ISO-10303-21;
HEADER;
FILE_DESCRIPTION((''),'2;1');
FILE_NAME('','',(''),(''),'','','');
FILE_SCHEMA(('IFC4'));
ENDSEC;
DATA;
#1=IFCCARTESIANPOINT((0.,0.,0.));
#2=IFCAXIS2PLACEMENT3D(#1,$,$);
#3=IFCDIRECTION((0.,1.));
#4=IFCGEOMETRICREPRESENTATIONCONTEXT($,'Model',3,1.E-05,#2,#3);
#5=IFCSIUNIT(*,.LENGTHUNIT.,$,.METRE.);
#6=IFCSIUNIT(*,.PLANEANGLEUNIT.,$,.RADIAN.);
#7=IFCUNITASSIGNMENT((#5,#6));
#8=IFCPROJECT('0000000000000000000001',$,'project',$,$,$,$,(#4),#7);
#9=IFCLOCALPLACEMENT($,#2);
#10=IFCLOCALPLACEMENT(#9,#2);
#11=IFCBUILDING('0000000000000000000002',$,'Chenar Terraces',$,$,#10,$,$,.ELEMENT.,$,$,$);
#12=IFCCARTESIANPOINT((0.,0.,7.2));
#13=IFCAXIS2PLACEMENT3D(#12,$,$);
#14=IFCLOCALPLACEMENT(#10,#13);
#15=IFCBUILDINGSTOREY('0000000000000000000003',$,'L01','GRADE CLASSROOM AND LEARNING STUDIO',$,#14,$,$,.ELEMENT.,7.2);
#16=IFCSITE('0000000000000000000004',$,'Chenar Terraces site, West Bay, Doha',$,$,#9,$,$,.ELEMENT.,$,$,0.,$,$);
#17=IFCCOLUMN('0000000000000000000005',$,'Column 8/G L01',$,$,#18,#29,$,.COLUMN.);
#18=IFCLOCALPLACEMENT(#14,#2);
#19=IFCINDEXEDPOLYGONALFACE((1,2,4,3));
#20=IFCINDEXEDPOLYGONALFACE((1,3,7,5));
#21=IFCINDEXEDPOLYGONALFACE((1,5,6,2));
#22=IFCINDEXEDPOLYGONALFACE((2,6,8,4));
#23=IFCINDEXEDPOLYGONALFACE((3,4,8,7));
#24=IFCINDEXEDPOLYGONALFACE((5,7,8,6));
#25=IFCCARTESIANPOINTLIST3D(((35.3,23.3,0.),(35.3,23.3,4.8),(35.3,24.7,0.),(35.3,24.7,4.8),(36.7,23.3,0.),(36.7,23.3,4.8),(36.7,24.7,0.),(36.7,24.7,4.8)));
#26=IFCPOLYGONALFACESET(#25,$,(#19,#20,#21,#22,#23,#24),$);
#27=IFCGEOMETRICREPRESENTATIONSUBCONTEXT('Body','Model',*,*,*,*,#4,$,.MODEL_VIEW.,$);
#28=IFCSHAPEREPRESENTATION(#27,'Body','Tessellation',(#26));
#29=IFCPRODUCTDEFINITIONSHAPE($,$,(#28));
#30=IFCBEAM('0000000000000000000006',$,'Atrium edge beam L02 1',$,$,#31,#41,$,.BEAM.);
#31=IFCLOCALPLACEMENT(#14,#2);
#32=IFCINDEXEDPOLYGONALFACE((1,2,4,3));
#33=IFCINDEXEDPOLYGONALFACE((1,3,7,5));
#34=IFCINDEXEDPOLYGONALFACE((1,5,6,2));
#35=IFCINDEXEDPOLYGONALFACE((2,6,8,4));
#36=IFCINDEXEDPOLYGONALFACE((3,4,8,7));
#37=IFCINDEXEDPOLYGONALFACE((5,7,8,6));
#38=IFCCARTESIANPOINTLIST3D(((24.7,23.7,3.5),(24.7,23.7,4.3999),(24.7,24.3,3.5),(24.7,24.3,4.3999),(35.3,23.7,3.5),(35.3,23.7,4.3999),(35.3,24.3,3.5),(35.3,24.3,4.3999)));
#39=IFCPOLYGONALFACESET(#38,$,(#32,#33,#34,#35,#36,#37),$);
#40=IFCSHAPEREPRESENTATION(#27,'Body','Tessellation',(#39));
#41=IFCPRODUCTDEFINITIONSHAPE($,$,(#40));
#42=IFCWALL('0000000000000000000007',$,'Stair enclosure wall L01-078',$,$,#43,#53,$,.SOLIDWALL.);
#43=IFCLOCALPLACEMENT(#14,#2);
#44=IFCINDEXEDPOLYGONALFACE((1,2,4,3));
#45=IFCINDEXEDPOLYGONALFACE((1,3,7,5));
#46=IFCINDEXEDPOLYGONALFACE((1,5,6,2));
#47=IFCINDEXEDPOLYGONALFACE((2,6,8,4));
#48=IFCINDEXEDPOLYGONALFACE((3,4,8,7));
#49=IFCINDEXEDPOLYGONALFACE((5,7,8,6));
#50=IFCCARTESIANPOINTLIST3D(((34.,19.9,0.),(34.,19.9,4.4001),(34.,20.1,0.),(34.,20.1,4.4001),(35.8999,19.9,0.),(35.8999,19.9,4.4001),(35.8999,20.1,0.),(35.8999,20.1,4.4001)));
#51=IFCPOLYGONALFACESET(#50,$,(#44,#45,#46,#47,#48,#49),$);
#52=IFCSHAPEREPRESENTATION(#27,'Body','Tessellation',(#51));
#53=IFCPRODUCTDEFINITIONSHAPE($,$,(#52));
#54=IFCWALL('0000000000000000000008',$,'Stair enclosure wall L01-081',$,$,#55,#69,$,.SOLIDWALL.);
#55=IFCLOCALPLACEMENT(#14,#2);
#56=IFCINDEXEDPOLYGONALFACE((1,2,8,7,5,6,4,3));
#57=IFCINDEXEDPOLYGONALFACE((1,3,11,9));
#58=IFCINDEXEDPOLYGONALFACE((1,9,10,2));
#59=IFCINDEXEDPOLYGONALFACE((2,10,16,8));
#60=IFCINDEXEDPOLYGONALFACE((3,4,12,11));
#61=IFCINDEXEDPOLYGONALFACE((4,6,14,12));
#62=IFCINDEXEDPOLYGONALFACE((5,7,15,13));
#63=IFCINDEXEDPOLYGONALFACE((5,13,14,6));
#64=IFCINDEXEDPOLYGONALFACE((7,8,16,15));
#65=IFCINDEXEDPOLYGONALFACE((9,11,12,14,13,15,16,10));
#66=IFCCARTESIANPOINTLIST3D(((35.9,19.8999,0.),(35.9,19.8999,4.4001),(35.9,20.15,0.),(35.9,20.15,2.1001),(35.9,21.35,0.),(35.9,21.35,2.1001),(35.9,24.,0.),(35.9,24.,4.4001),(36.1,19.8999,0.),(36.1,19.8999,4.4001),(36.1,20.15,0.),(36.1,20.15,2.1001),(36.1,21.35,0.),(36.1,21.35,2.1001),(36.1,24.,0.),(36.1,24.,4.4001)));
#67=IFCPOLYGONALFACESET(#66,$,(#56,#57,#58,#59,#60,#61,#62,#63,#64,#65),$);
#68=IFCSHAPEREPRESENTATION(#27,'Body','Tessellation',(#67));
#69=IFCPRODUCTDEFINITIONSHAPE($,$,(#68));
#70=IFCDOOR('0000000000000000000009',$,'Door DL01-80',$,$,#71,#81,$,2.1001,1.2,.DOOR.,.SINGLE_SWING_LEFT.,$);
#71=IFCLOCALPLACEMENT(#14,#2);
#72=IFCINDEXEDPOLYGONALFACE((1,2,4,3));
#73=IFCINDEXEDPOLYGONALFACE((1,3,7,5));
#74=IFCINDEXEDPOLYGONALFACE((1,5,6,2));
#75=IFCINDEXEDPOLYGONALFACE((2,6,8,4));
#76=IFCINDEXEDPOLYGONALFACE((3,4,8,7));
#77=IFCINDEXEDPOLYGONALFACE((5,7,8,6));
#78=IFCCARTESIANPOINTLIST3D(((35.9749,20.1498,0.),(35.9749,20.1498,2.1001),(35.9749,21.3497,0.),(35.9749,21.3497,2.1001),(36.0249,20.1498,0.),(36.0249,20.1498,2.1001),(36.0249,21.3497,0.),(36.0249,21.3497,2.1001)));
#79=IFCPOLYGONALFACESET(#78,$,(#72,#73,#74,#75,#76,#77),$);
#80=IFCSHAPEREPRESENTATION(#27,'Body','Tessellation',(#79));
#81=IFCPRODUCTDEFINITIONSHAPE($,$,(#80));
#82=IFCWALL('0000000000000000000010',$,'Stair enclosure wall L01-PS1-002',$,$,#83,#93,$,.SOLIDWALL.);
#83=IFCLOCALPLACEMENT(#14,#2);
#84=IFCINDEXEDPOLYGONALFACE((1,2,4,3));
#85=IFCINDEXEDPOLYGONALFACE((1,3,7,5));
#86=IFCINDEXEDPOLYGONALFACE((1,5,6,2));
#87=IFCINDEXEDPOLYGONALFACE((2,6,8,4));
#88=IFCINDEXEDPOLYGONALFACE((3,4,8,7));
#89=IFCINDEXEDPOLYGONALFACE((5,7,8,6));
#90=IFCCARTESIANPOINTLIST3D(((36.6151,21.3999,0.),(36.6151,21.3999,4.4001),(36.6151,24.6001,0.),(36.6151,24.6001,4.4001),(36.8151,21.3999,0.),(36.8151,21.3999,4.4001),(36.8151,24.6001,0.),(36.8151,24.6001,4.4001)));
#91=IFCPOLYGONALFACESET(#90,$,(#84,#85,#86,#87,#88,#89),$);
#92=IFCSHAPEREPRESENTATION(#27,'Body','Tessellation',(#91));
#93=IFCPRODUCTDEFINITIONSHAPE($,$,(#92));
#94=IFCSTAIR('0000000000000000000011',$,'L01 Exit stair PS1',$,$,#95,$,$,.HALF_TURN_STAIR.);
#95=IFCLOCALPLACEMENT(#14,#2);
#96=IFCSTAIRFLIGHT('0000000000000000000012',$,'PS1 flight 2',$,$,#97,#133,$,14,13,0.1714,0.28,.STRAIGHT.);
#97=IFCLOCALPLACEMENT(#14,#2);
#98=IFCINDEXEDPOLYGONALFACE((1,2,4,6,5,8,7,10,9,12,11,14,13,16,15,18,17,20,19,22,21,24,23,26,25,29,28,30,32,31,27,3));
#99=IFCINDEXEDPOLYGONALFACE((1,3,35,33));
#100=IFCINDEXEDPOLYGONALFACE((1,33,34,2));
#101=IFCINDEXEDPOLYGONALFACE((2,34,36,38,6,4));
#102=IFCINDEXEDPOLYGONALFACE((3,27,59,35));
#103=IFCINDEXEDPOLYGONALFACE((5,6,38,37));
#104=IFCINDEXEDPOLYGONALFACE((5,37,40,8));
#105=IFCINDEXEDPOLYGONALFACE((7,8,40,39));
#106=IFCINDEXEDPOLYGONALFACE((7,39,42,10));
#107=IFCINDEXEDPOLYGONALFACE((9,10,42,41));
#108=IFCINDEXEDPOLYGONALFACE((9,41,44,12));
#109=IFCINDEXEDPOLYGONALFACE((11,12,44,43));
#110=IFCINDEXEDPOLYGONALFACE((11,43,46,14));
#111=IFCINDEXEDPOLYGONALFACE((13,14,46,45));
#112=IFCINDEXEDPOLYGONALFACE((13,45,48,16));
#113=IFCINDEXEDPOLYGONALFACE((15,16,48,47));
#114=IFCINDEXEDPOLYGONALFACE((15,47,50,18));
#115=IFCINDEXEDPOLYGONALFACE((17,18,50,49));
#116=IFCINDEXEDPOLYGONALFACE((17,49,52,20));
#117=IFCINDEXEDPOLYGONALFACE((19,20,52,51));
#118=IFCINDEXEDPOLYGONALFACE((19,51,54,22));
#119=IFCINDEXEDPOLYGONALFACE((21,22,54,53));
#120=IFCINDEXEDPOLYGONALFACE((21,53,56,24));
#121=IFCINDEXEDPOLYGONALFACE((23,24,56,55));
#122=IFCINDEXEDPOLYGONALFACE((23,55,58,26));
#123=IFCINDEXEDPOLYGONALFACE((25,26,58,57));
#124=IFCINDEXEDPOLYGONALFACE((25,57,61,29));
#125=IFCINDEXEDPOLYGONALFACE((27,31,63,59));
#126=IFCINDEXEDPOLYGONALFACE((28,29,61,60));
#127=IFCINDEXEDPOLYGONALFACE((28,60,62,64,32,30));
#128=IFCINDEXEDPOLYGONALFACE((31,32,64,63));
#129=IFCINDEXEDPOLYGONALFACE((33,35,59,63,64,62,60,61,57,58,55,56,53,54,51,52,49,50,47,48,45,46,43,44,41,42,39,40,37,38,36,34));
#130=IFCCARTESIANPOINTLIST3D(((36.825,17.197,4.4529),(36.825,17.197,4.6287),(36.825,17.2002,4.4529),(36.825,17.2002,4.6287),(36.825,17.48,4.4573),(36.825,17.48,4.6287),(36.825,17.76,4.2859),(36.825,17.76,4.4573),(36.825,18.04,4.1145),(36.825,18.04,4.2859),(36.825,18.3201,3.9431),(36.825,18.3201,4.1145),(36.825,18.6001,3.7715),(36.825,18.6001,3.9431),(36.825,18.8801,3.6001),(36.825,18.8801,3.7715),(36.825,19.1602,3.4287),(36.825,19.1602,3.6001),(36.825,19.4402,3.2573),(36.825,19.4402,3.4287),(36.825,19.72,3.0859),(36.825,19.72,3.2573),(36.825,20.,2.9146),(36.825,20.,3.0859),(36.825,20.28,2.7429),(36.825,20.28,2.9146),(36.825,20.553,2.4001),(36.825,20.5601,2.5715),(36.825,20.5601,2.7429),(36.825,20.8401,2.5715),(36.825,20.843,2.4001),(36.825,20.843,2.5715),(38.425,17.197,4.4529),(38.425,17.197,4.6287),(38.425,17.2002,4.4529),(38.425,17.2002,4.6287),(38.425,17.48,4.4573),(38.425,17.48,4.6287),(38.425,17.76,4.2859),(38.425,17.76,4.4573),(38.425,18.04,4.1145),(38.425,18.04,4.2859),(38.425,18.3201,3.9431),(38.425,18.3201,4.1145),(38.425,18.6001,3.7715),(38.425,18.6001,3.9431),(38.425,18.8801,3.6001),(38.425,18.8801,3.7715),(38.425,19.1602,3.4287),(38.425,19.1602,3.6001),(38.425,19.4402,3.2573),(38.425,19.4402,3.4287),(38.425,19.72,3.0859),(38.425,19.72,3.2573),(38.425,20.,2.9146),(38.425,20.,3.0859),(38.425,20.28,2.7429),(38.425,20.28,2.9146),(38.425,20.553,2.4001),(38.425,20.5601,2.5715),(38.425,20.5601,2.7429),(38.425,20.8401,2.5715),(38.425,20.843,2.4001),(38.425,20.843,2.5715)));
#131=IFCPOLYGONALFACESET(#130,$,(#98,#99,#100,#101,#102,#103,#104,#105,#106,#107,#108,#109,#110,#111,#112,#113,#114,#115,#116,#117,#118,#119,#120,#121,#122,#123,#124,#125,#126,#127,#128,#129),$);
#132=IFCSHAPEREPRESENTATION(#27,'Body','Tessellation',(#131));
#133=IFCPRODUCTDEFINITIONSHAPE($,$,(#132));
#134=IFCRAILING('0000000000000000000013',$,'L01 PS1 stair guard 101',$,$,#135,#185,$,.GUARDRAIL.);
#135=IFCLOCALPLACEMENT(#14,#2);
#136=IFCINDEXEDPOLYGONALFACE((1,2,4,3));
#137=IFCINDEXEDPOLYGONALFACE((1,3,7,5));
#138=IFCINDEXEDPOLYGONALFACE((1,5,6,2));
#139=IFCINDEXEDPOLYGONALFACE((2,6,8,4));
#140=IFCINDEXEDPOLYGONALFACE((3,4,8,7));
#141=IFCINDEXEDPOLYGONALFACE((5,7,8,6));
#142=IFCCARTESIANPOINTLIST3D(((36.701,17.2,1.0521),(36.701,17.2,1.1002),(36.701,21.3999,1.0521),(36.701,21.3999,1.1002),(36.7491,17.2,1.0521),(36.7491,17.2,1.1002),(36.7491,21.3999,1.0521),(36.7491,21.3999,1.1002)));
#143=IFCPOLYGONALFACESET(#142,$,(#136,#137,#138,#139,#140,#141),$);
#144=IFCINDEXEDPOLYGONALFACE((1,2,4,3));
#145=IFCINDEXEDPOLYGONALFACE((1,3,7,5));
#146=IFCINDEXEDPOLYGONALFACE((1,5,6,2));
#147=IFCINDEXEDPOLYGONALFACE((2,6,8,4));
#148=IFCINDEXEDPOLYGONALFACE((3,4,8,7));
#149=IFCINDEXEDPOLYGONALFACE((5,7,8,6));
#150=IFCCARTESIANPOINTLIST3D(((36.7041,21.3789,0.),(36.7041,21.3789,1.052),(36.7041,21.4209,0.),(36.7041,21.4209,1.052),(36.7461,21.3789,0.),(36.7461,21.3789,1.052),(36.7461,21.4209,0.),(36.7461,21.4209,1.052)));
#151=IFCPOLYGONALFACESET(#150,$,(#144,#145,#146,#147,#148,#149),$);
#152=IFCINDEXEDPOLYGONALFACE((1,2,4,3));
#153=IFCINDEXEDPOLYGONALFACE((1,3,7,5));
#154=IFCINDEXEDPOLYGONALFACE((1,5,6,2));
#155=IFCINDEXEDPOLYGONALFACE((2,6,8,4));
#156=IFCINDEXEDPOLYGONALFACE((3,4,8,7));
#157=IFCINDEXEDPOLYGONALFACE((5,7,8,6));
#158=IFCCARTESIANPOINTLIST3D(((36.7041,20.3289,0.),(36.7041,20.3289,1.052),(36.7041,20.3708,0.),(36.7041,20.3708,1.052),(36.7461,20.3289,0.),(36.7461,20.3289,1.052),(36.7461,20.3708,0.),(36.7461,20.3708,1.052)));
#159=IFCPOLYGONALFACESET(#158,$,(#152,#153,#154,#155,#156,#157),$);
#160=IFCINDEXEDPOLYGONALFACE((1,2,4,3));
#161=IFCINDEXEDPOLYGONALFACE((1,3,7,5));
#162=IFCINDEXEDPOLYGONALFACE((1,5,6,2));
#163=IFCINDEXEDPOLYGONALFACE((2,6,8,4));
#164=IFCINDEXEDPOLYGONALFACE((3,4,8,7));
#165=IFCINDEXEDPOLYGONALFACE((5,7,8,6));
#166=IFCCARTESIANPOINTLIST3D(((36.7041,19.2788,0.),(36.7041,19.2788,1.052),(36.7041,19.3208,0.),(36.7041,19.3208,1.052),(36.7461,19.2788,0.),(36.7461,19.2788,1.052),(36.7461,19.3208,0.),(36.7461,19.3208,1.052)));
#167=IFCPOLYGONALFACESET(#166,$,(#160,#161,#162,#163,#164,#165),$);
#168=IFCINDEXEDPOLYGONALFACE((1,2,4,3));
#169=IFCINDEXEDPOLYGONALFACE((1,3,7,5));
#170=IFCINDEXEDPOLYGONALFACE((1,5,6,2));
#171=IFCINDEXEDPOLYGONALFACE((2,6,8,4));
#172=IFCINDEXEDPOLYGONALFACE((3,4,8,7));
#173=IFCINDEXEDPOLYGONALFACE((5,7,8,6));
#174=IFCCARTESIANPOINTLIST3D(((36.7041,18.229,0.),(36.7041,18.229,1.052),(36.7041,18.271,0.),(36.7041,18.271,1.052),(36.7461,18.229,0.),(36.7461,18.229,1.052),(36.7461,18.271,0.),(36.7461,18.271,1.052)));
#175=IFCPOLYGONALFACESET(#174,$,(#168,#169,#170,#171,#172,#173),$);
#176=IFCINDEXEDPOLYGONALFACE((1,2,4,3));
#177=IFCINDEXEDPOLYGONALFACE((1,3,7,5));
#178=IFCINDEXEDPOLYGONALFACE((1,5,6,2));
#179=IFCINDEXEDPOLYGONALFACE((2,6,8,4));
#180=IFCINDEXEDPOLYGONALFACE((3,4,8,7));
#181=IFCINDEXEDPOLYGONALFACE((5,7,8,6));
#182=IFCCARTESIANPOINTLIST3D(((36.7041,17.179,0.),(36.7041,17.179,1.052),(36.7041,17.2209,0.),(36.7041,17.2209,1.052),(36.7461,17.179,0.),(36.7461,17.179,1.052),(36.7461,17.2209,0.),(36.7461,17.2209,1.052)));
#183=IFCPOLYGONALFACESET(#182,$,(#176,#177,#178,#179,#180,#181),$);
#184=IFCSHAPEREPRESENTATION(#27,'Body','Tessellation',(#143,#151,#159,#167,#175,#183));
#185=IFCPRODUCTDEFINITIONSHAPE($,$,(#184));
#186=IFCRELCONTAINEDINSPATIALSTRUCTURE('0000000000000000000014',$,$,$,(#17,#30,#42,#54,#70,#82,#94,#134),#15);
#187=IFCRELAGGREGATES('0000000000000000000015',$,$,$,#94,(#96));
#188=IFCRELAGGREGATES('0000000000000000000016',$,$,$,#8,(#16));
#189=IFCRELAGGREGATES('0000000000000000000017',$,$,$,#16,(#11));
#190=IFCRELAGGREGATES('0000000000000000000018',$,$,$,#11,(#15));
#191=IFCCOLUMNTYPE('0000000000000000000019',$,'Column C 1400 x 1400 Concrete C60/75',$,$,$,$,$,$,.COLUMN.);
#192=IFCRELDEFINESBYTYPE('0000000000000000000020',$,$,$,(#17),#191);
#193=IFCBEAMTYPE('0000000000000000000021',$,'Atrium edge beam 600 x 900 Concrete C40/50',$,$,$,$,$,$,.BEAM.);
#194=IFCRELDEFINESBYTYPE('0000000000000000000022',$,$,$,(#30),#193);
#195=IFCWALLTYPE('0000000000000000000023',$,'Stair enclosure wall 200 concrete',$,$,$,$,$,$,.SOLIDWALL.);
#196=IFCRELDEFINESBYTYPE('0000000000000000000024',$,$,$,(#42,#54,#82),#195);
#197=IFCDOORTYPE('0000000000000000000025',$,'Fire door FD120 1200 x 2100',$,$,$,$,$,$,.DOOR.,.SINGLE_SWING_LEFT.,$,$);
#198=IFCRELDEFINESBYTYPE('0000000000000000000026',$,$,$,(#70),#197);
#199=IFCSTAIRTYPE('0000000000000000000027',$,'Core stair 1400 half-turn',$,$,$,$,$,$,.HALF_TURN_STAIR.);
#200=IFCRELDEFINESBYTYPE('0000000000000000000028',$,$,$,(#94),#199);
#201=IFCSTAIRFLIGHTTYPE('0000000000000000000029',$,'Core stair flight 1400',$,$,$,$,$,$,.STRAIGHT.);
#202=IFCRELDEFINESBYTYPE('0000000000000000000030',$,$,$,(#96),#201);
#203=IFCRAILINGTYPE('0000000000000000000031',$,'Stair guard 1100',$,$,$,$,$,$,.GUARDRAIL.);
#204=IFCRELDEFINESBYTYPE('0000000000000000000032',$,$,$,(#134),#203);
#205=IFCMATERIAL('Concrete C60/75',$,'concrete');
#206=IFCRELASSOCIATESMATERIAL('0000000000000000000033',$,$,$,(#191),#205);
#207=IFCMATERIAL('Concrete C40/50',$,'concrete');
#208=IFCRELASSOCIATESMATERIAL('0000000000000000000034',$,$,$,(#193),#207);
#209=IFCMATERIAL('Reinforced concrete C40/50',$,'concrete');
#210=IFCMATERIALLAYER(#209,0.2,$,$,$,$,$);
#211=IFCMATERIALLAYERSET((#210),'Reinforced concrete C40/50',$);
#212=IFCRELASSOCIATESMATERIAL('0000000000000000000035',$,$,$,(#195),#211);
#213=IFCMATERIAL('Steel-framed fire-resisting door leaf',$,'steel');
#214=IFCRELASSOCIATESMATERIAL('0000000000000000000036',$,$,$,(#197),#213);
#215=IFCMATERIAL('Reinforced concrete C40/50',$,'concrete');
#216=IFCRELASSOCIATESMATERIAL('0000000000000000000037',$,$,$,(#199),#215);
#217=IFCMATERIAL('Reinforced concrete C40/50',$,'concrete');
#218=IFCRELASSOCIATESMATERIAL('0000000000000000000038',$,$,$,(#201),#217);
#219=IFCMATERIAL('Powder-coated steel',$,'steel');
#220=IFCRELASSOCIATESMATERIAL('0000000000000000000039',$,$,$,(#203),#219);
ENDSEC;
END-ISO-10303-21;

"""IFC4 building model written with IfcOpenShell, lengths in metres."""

from ifc_helpers import new_model, si_unit, direction, frame, frame_2d, origin, origin_2d, place, context, subcontext, project, spatial, polyline, rectangle, outline, extrude, material, layer, layer_set, material_profile, profile_set, type_object, element, fill, aggregate, save


model = new_model("IFC4")

# Units and contexts
model_context = context("Model", 3, precision=1e-05, world=origin(), true_north=direction((0.0, 1.0)))
body_context = subcontext(model_context, "Body", "Model", "MODEL_VIEW")
ifc_project = project(units=[si_unit("LENGTHUNIT", "METRE"), si_unit("PLANEANGLEUNIT", "RADIAN")], contexts=[model_context])

# Site, building, storey
site_placement = place(None, origin())
site = spatial("IfcSite", under=ifc_project, at=site_placement, Name="Chenar Terraces site, West Bay, Doha", CompositionType="ELEMENT", RefElevation=0.0)
building_placement = place(site_placement, origin())
building = spatial("IfcBuilding", under=site, at=building_placement, Name="Chenar Terraces", CompositionType="ELEMENT")
storey_placement = place(building_placement, frame((0.0, 0.0, 7.2)))
storey = spatial("IfcBuildingStorey", under=building, at=storey_placement, Name="L01", Description="GRADE CLASSROOM AND LEARNING STUDIO", CompositionType="ELEMENT", Elevation=7.2)

# Column
ifc_material_1 = material(Name="Concrete C60/75", Category="concrete")
ifc_material_profile_1 = material_profile(ifc_material_1, rectangle(XDim=1.3999, YDim=1.3999, at=origin_2d()), Name="C 1400 x 1400")
ifc_profile_set_1 = profile_set([ifc_material_profile_1], Name="Concrete C60/75")
column_type = type_object("IfcColumnType", Name="Column C 1400 x 1400 Concrete C60/75", PredefinedType="COLUMN", material=ifc_profile_set_1)
column_placement = place(storey_placement, frame((36.0, 24.0, 0.0), z_axis=(0.0, 0.0, 1.0), x_axis=(1.0, 0.0, 0.0)))
element("IfcColumn", 1, at=column_placement, inside=storey, type_object=column_type, Name="Column 8/G L01", PredefinedType="COLUMN", context=body_context, shape_type="SweptSolid", body=[
    extrude(rectangle(XDim=1.3999, YDim=1.3999, at=origin_2d()), origin(), (0.0, 0.0, 1.0), 4.8),
])

# Beam
ifc_material_2 = material(Name="Concrete C40/50", Category="concrete")
ifc_material_profile_2 = material_profile(ifc_material_2, rectangle(XDim=0.6001, YDim=0.8999, at=origin_2d()), Name="RC 600 x 900")
ifc_profile_set_2 = profile_set([ifc_material_profile_2], Name="Concrete C40/50")
beam_type = type_object("IfcBeamType", Name="Atrium edge beam 600 x 900 Concrete C40/50", PredefinedType="BEAM", material=ifc_profile_set_2)
beam_placement = place(storey_placement, frame((24.7, 24.0, 3.95), z_axis=(1.0, 0.0, 0.0), x_axis=(0.0, 1.0, 0.0)))
element("IfcBeam", 2, at=beam_placement, inside=storey, type_object=beam_type, Name="Atrium edge beam L02 1", PredefinedType="BEAM", context=body_context, shape_type="SweptSolid", body=[
    extrude(rectangle(XDim=0.6001, YDim=0.8999, at=origin_2d()), origin(), (0.0, 0.0, 1.0), 10.6001),
])

# Wall
ifc_material_3 = material(Name="Reinforced concrete C40/50", Category="concrete")
ifc_layer = layer(ifc_material_3, 0.2)
ifc_layer_set = layer_set([ifc_layer], Name="Reinforced concrete C40/50")
wall_type = type_object("IfcWallType", Name="Stair enclosure wall 200 concrete", PredefinedType="SOLIDWALL", material=ifc_layer_set)
wall_1_placement = place(storey_placement, frame((34.0, 20.0, 0.0), z_axis=(0.0, 0.0, 1.0), x_axis=(1.0, 0.0, 0.0)))
element("IfcWall", 3, at=wall_1_placement, inside=storey, type_object=wall_type, Name="Stair enclosure wall L01-078", PredefinedType="SOLIDWALL", context=body_context, shape_type="SweptSolid", body=[
    extrude(rectangle(XDim=1.8999, YDim=0.2, at=frame_2d((0.95, 0.0))), origin(), (0.0, 0.0, 1.0), 4.4001),
])

# Wall, opening, door
wall_2_placement = place(storey_placement, frame((36.0, 19.8999, 0.0), z_axis=(0.0, 0.0, 1.0), x_axis=(0.0, 1.0, 0.0)))
wall_2 = element("IfcWall", 4, at=wall_2_placement, inside=storey, type_object=wall_type, Name="Stair enclosure wall L01-081", PredefinedType="SOLIDWALL", context=body_context, shape_type="SweptSolid", body=[
    extrude(rectangle(XDim=4.1001, YDim=0.2, at=frame_2d((2.05, 0.0))), origin(), (0.0, 0.0, 1.0), 4.4001),
])
opening_placement = place(wall_2_placement, frame((0.25, 0.0, 0.0)))
opening = element("IfcOpeningElement", 5, at=opening_placement, cuts=wall_2, PredefinedType="OPENING", context=body_context, shape_type="SweptSolid", body=[
    extrude(rectangle(XDim=1.2, YDim=2.1001, at=frame_2d((0.6001, 1.05))), frame((0.0, 0.1099, 0.0), z_axis=(0.0, -1.0, 0.0), x_axis=(1.0, 0.0, 0.0)), (0.0, 0.0, 1.0), 0.22),
])
ifc_material_4 = material(Name="Steel-framed fire-resisting door leaf", Category="steel")
door_type = type_object("IfcDoorType", Name="Fire door FD120 1200 x 2100", OperationType="SINGLE_SWING_LEFT", PredefinedType="DOOR", material=ifc_material_4)
door_placement = place(opening_placement, frame((1.2, 0.0, 0.0), z_axis=(0.0, 0.0, 1.0), x_axis=(-1.0, 0.0, 0.0)))
door = element("IfcDoor", 6, at=door_placement, inside=storey, type_object=door_type, Name="Door DL01-80", OperationType="SINGLE_SWING_LEFT", OverallHeight=2.1001, OverallWidth=1.2, PredefinedType="DOOR", context=body_context, shape_type="SweptSolid", body=[
    extrude(rectangle(XDim=1.2, YDim=2.1001, at=frame_2d((0.6001, 1.05))), frame((0.0, 0.0249, 0.0), z_axis=(0.0, -1.0, 0.0), x_axis=(1.0, 0.0, 0.0)), (0.0, 0.0, 1.0), 0.05),
])
fill(opening, door)

# Wall
wall_3_placement = place(storey_placement, frame((36.7151, 21.3999, 0.0), z_axis=(0.0, 0.0, 1.0), x_axis=(0.0, 1.0, 0.0)))
element("IfcWall", 7, at=wall_3_placement, inside=storey, type_object=wall_type, Name="Stair enclosure wall L01-PS1-002", PredefinedType="SOLIDWALL", context=body_context, shape_type="SweptSolid", body=[
    extrude(rectangle(XDim=3.2002, YDim=0.2, at=frame_2d((1.6001, 0.0))), origin(), (0.0, 0.0, 1.0), 4.4001),
])

# Stair, stair flight
ifc_material_5 = material(Name="Reinforced concrete C40/50", Category="concrete")
stair_type = type_object("IfcStairType", Name="Core stair 1400 half-turn", PredefinedType="HALF_TURN_STAIR", material=ifc_material_5)
stair_placement = place(storey_placement, origin())
stair = element("IfcStair", 8, at=stair_placement, inside=storey, type_object=stair_type, Name="L01 Exit stair PS1", PredefinedType="HALF_TURN_STAIR")
ifc_material_6 = material(Name="Reinforced concrete C40/50", Category="concrete")
stair_flight_type = type_object("IfcStairFlightType", Name="Core stair flight 1400", PredefinedType="STRAIGHT", material=ifc_material_6)
stair_flight_placement = place(storey_placement, frame((37.625, 20.8401, 2.4001), z_axis=(0.0, 0.0, 1.0), x_axis=(0.0, -1.0, 0.0)))
stair_flight = element("IfcStairFlight", 9, at=stair_flight_placement, type_object=stair_flight_type, Name="PS1 flight 2", NumberOfRisers=14, NumberOfTreads=13, PredefinedType="STRAIGHT", RiserHeight=0.1714, TreadLength=0.28, context=body_context, shape_type="SweptSolid", body=[
    extrude(outline(polyline([(-0.0029, 0.0), (-0.0029, 0.1714), (0.0, 0.1714), (0.28, 0.1714), (0.28, 0.3428), (0.5601, 0.3428), (0.5601, 0.5144), (0.8401, 0.5144), (0.8401, 0.6858), (1.1201, 0.6858), (1.1201, 0.8572), (1.3999, 0.8572), (1.3999, 1.0286), (1.6799, 1.0286), (1.6799, 1.2), (1.96, 1.2), (1.96, 1.3713), (2.24, 1.3713), (2.24, 1.543), (2.52, 1.543), (2.52, 1.7144), (2.8, 1.7144), (2.8, 1.8857), (3.0801, 1.8857), (3.0801, 2.0571), (3.3601, 2.0571), (3.3601, 2.2285), (3.6399, 2.2285), (3.6431, 2.2285), (3.6431, 2.0527), (3.6399, 2.0527), (0.2871, 0.0), (-0.0029, 0.0)])), frame((0.0, 0.8, 0.0), z_axis=(0.0, -1.0, 0.0), x_axis=(1.0, 0.0, 0.0)), (0.0, 0.0, 1.0), 1.6001),
])
aggregate(stair, [stair_flight])

# Railing
ifc_material_7 = material(Name="Powder-coated steel", Category="steel")
railing_type_1 = type_object("IfcRailingType", Name="Stair guard 1100", PredefinedType="GUARDRAIL", material=ifc_material_7)
railing_1_placement = place(storey_placement, frame((36.7251, 21.3999, 0.0)))
element("IfcRailing", 10, at=railing_1_placement, inside=storey, type_object=railing_type_1, Name="L01 PS1 stair guard 101", PredefinedType="GUARDRAIL", context=body_context, shape_type="SweptSolid", body=[
    extrude(rectangle(XDim=0.0481, YDim=0.0481, at=origin_2d()), frame((0.0, 0.0, 1.0762), z_axis=(0.0, -1.0, 0.0), x_axis=(1.0, 0.0, 0.0)), (0.0, 0.0, 1.0), 4.2),
    extrude(rectangle(XDim=0.042, YDim=0.042, at=origin_2d()), origin(), (0.0, 0.0, 1.0), 1.052),
    extrude(rectangle(XDim=0.042, YDim=0.042, at=origin_2d()), frame((0.0, -1.05, 0.0)), (0.0, 0.0, 1.0), 1.052),
    extrude(rectangle(XDim=0.042, YDim=0.042, at=origin_2d()), frame((0.0, -2.1001, 0.0)), (0.0, 0.0, 1.0), 1.052),
    extrude(rectangle(XDim=0.042, YDim=0.042, at=origin_2d()), frame((0.0, -3.1499, 0.0)), (0.0, 0.0, 1.0), 1.052),
    extrude(rectangle(XDim=0.042, YDim=0.042, at=origin_2d()), frame((0.0, -4.2, 0.0)), (0.0, 0.0, 1.0), 1.052),
])

save(model, "model.ifc")
